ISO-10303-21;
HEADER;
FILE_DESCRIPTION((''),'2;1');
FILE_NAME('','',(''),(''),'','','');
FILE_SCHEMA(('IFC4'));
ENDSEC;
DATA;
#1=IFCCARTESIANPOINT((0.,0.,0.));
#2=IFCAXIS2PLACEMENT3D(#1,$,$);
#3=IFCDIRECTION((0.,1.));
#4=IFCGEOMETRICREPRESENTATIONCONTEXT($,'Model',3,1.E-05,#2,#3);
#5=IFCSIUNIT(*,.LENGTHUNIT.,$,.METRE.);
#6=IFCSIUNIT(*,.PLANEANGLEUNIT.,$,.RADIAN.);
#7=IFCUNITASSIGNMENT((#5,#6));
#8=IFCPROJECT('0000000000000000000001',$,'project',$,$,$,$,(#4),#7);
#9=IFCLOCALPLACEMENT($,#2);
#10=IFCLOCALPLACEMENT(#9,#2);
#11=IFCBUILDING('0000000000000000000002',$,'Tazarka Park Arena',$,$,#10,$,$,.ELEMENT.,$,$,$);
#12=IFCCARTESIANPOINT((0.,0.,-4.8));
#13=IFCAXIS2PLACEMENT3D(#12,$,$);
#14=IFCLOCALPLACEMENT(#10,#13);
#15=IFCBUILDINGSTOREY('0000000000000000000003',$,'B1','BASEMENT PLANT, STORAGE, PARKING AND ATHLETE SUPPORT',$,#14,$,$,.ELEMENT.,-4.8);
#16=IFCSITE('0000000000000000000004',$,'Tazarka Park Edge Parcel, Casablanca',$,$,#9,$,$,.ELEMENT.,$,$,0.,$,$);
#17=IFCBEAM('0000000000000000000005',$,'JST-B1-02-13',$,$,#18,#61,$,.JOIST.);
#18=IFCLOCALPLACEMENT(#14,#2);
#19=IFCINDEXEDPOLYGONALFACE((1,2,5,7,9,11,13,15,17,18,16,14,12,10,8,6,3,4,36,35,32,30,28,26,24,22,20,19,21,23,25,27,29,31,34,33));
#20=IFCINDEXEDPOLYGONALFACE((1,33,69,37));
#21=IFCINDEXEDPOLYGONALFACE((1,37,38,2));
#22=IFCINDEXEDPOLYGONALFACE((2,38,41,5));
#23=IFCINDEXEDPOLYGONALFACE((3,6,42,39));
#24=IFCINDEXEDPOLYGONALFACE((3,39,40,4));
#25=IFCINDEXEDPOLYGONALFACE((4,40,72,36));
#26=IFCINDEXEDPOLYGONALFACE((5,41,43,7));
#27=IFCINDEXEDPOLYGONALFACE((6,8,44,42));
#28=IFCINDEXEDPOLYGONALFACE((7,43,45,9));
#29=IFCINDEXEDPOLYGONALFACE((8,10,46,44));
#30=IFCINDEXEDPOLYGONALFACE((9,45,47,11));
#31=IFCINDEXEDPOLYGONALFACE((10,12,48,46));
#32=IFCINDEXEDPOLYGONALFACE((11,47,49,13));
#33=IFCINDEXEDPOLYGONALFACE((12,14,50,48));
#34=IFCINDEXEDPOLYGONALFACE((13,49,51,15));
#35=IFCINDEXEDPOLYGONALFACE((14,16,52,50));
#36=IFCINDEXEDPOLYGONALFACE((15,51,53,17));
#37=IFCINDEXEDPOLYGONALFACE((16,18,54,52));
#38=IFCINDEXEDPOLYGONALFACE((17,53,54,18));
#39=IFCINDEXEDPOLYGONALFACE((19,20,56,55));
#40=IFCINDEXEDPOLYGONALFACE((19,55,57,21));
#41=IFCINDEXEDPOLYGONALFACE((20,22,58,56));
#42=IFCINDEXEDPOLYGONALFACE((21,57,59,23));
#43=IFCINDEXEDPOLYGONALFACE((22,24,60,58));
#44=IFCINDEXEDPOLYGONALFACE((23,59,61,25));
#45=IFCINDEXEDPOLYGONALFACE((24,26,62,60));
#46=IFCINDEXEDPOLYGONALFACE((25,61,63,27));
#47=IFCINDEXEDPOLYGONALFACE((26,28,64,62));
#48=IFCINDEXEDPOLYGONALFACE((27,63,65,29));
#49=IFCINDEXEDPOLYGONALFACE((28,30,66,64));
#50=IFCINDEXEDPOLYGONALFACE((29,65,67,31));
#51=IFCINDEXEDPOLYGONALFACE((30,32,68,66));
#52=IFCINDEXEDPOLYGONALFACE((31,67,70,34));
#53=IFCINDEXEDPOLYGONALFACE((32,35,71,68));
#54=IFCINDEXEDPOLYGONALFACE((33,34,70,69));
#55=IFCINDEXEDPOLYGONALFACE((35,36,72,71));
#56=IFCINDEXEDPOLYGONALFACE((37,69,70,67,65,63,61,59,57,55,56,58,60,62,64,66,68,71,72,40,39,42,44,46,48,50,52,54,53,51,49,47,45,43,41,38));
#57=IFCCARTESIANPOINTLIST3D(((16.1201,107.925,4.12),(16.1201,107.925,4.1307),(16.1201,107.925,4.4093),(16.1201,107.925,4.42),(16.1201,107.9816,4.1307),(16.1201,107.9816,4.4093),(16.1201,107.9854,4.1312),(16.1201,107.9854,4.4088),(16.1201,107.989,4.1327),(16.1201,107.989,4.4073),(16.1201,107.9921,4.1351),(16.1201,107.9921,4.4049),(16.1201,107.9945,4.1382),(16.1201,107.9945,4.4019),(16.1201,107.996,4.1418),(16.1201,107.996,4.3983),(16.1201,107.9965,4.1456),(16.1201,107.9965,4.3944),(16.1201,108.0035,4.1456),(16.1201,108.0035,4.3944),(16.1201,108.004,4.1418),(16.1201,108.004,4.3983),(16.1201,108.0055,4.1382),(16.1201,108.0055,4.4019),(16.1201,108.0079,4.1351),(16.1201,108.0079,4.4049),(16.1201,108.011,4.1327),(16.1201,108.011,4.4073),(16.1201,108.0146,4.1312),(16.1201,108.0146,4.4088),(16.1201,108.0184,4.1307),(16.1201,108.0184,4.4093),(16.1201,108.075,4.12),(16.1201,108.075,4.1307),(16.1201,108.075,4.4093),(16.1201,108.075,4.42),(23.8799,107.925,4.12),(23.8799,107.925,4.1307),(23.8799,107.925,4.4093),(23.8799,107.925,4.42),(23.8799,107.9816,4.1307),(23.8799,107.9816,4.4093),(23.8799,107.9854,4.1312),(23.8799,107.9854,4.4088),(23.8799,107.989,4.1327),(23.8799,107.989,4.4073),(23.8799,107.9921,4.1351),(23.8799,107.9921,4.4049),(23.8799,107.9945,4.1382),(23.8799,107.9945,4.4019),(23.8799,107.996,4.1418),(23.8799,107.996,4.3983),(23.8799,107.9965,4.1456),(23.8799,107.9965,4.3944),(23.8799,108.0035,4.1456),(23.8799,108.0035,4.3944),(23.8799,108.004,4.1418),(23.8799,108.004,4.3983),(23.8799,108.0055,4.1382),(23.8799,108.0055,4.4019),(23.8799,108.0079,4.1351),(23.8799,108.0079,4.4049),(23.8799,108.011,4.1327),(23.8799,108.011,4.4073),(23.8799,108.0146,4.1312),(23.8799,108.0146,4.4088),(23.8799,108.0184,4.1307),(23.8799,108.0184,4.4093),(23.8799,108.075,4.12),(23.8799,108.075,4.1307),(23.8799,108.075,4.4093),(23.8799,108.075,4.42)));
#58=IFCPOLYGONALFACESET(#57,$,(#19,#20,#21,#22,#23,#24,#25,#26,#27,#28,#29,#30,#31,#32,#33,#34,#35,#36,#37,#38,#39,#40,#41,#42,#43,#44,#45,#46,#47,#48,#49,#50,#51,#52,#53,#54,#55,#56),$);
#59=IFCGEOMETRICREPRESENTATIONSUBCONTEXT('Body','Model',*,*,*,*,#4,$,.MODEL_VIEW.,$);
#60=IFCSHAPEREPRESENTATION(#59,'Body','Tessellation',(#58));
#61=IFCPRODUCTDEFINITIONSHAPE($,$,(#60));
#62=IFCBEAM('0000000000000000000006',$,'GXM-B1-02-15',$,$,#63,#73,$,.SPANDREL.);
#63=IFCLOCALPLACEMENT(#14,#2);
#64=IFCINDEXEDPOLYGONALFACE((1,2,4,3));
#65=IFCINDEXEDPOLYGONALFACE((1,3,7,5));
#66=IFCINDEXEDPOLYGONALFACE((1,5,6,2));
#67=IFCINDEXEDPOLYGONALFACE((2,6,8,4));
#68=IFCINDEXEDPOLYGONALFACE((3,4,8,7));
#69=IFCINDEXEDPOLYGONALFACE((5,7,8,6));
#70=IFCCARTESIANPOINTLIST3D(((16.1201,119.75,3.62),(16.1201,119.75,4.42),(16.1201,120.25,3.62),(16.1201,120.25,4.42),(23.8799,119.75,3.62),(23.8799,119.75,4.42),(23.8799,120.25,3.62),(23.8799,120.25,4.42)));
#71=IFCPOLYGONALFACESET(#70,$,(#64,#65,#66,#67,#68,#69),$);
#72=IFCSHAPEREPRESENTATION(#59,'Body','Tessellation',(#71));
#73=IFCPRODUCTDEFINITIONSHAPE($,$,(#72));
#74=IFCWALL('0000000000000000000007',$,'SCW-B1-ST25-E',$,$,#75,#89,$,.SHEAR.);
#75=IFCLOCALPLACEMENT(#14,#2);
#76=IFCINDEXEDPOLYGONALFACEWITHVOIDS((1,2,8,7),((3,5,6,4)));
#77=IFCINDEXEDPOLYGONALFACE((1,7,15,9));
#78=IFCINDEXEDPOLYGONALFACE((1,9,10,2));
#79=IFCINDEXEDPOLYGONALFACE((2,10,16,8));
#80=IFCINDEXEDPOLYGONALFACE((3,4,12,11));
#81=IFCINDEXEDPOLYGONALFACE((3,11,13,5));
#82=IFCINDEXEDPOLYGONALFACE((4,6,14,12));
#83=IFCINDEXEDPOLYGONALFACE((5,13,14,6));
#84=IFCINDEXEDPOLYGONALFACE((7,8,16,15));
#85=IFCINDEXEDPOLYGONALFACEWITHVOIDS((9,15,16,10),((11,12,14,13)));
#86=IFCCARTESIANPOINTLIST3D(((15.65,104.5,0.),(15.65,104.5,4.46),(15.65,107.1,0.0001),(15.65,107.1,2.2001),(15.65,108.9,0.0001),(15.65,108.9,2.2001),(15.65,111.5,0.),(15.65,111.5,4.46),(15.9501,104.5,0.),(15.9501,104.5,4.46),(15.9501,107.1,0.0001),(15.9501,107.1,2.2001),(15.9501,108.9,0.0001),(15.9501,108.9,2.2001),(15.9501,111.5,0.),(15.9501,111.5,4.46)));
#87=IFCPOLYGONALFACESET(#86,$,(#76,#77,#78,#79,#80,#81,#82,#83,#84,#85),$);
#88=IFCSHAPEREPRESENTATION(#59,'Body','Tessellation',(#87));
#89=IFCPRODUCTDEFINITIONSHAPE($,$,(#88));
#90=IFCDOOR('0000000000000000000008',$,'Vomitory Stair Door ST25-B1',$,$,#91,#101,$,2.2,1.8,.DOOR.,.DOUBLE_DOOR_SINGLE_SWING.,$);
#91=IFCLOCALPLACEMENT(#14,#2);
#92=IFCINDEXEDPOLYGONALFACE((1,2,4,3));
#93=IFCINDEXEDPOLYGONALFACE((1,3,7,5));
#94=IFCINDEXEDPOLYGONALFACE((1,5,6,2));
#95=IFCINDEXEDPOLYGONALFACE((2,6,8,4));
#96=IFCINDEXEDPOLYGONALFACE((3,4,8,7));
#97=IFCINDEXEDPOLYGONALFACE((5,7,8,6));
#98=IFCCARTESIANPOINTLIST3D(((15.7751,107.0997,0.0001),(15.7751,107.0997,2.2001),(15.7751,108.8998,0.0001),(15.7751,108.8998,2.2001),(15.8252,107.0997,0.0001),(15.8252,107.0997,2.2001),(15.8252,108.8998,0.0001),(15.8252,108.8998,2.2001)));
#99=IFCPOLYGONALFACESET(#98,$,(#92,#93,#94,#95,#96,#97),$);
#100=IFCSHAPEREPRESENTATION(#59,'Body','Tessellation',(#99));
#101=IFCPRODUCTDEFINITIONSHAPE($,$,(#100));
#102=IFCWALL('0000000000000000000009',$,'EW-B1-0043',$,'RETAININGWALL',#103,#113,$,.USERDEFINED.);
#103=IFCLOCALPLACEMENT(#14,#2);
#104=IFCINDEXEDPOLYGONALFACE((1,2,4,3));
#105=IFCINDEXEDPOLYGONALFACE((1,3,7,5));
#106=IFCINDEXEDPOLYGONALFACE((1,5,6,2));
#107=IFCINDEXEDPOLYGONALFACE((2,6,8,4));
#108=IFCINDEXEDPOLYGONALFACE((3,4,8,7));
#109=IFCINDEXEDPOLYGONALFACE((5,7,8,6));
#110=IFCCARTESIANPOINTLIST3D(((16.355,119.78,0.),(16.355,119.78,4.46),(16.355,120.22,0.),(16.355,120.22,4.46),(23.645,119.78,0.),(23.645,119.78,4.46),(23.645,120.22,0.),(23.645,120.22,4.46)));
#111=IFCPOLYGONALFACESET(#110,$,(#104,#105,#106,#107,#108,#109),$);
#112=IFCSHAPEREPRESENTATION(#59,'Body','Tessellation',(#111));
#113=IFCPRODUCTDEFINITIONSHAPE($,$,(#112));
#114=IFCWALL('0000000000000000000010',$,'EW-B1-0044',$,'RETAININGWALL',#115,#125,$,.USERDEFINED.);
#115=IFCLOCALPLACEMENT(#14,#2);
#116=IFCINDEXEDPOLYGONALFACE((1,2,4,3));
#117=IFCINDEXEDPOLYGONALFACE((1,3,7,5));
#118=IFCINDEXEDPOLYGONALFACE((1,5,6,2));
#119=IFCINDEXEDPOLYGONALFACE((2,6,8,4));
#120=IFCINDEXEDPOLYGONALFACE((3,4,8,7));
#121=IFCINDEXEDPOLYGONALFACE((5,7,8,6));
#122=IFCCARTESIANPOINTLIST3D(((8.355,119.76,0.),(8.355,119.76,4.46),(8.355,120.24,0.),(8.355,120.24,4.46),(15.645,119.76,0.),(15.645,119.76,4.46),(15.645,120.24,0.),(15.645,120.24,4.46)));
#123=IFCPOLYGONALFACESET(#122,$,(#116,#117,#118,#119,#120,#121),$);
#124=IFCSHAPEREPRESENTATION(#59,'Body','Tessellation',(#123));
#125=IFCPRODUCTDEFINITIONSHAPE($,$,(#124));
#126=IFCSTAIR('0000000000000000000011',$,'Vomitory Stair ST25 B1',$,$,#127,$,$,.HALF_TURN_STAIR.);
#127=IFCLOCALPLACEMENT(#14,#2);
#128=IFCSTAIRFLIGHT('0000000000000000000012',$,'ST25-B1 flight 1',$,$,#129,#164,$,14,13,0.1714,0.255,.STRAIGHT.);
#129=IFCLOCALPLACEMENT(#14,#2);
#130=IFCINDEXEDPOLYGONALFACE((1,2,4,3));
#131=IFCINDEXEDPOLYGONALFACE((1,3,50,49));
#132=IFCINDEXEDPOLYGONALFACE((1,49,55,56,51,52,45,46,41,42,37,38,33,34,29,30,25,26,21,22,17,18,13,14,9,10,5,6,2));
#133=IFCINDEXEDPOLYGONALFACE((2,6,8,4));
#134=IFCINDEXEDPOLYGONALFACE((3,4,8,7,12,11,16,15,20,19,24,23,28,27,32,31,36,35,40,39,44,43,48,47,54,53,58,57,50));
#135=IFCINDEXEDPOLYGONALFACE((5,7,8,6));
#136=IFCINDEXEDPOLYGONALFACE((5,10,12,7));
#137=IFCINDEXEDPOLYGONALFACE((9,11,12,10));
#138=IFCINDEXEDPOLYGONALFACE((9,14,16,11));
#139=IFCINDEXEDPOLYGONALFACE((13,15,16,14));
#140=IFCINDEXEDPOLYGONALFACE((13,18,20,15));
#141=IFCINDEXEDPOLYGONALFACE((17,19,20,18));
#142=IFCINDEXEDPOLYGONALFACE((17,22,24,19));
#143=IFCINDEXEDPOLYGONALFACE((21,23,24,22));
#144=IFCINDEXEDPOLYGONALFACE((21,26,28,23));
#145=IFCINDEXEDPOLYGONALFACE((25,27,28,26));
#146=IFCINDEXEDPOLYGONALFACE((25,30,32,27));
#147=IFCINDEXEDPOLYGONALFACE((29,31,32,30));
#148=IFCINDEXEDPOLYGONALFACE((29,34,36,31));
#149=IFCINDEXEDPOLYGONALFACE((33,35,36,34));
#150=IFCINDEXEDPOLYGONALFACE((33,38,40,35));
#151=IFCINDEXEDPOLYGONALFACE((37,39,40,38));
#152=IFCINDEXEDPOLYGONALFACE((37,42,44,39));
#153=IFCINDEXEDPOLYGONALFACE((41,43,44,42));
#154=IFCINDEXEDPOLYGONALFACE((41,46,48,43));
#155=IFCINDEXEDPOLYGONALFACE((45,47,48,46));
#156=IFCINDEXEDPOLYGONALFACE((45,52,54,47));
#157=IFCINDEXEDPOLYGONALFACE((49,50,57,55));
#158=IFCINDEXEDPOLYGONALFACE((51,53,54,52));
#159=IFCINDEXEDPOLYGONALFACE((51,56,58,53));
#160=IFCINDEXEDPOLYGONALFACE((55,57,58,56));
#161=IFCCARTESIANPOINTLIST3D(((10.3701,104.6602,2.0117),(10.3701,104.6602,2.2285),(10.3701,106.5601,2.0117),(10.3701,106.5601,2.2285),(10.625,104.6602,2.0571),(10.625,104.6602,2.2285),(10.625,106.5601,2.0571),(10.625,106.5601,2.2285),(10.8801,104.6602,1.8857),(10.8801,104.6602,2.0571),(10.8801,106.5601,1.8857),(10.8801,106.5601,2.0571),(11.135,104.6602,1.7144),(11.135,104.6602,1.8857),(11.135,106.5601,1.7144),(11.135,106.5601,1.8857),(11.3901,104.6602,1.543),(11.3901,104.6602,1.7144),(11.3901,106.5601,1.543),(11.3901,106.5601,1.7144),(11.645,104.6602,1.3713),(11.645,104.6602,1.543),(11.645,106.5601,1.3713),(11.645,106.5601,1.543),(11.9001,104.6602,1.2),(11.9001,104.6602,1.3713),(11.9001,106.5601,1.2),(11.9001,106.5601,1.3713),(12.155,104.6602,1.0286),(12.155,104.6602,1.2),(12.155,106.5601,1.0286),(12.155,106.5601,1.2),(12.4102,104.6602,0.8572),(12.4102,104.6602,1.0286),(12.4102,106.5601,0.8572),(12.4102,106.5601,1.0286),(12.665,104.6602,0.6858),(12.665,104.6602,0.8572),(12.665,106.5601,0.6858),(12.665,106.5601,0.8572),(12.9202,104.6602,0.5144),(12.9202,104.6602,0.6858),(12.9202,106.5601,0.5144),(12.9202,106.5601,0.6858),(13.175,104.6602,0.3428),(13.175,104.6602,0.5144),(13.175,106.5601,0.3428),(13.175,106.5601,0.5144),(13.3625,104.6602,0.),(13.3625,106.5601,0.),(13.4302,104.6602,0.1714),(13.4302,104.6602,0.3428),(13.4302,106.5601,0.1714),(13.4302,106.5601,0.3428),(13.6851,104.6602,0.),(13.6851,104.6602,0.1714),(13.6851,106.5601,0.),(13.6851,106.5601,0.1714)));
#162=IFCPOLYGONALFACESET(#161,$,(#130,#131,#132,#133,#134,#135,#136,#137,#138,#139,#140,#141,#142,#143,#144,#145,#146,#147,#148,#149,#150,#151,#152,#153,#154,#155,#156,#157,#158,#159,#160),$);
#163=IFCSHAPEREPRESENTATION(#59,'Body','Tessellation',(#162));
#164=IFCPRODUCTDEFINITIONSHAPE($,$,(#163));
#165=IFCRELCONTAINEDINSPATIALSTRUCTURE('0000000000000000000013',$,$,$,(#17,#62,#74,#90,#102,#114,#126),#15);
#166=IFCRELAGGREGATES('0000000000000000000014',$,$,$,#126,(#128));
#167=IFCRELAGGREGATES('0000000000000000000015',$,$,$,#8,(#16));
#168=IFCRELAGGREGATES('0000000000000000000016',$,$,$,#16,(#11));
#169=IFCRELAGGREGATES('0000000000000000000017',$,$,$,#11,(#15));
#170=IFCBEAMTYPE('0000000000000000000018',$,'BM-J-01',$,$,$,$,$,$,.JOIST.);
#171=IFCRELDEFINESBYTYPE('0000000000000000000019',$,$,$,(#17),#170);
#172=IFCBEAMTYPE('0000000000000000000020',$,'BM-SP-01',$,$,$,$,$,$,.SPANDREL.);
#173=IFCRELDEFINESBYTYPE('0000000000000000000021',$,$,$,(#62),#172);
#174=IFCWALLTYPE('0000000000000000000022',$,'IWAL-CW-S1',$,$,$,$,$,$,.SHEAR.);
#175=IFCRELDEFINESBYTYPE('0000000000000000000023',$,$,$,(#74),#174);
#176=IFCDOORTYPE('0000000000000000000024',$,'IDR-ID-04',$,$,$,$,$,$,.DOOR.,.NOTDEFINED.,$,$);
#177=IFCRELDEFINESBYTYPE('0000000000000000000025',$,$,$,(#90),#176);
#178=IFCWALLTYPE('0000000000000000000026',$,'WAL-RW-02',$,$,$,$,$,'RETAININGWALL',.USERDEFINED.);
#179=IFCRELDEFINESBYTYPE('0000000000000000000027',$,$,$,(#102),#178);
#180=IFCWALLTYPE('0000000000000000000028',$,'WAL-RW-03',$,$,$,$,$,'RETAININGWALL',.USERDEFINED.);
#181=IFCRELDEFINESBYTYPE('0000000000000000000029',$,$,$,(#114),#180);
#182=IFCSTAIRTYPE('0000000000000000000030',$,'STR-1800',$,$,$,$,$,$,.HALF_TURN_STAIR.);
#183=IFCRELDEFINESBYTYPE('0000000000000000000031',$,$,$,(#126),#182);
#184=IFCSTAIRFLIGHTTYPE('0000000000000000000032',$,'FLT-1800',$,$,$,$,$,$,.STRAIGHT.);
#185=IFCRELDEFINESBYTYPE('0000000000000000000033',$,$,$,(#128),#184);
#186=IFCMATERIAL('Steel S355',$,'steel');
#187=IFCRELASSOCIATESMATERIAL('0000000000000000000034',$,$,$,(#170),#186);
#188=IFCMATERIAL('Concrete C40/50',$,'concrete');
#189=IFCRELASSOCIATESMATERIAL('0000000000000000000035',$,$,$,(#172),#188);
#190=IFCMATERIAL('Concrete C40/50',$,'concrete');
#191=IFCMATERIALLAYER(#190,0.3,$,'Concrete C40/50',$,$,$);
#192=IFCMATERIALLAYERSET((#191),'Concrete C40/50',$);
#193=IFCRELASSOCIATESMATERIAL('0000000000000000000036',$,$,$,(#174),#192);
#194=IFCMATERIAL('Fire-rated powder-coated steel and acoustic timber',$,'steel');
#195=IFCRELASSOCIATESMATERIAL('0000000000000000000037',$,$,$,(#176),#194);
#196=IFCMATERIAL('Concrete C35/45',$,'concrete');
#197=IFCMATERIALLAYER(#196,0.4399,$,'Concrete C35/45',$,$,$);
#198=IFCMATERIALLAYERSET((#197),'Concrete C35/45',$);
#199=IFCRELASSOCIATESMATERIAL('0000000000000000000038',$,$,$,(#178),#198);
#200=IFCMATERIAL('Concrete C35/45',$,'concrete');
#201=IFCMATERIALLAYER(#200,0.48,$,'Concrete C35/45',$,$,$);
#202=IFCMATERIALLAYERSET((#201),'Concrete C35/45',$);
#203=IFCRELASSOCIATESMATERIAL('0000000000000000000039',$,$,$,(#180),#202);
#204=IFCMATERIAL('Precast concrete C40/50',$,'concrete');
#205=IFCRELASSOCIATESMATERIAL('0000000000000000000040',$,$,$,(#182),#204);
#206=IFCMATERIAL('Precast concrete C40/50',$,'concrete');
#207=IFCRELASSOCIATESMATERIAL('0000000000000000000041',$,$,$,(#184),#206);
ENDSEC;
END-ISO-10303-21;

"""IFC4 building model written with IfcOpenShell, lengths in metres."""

from ifc_helpers import new_model, si_unit, direction, frame, frame_2d, origin, origin_2d, place, context, subcontext, project, spatial, polyline, rectangle, i_section, outline, extrude, material, layer, layer_set, material_profile, profile_set, type_object, element, fill, aggregate, save


model = new_model("IFC4")

# Units and contexts
model_context = context("Model", 3, precision=1e-05, world=origin(), true_north=direction((0.0, 1.0)))
body_context = subcontext(model_context, "Body", "Model", "MODEL_VIEW")
ifc_project = project(units=[si_unit("LENGTHUNIT", "METRE"), si_unit("PLANEANGLEUNIT", "RADIAN")], contexts=[model_context])

# Site, building, storey
site_placement = place(None, origin())
site = spatial("IfcSite", under=ifc_project, at=site_placement, Name="Tazarka Park Edge Parcel, Casablanca", CompositionType="ELEMENT", RefElevation=0.0)
building_placement = place(site_placement, origin())
building = spatial("IfcBuilding", under=site, at=building_placement, Name="Tazarka Park Arena", CompositionType="ELEMENT")
storey_placement = place(building_placement, frame((0.0, 0.0, -4.8)))
storey = spatial("IfcBuildingStorey", under=building, at=storey_placement, Name="B1", Description="BASEMENT PLANT, STORAGE, PARKING AND ATHLETE SUPPORT", CompositionType="ELEMENT", Elevation=-4.8)

# Beams
ifc_material_1 = material(Name="Steel S355", Category="steel")
ifc_material_profile_1 = material_profile(ifc_material_1, i_section(OverallWidth=0.1499, OverallDepth=0.3, WebThickness=0.0071, FlangeThickness=0.0107, FilletRadius=0.0149, at=origin_2d()), Name="Steel S355")
ifc_profile_set_1 = profile_set([ifc_material_profile_1], Name="Steel S355")
beam_type_1 = type_object("IfcBeamType", Name="BM-J-01", PredefinedType="JOIST", material=ifc_profile_set_1)
beam_1_placement = place(storey_placement, frame((16.1201, 108.0, 4.27), z_axis=(1.0, 0.0, 0.0), x_axis=(0.0, 1.0, 0.0)))
element("IfcBeam", 1, at=beam_1_placement, inside=storey, type_object=beam_type_1, Name="JST-B1-02-13", PredefinedType="JOIST", context=body_context, shape_type="SweptSolid", body=[
    extrude(i_section(OverallWidth=0.1499, OverallDepth=0.3, WebThickness=0.0071, FlangeThickness=0.0107, FilletRadius=0.0149, at=origin_2d()), origin(), (0.0, 0.0, 1.0), 7.7598),
])
ifc_material_2 = material(Name="Concrete C40/50", Category="concrete")
ifc_material_profile_2 = material_profile(ifc_material_2, rectangle(XDim=0.5, YDim=0.8, at=origin_2d()), Name="Concrete C40/50")
ifc_profile_set_2 = profile_set([ifc_material_profile_2], Name="Concrete C40/50")
beam_type_2 = type_object("IfcBeamType", Name="BM-SP-01", PredefinedType="SPANDREL", material=ifc_profile_set_2)
beam_2_placement = place(storey_placement, frame((16.1201, 120.0, 4.02), z_axis=(1.0, 0.0, 0.0), x_axis=(0.0, 1.0, 0.0)))
element("IfcBeam", 2, at=beam_2_placement, inside=storey, type_object=beam_type_2, Name="GXM-B1-02-15", PredefinedType="SPANDREL", context=body_context, shape_type="SweptSolid", body=[
    extrude(rectangle(XDim=0.5, YDim=0.8, at=origin_2d()), origin(), (0.0, 0.0, 1.0), 7.7598),
])

# Wall, opening, door
ifc_material_3 = material(Name="Concrete C40/50", Category="concrete")
ifc_layer_1 = layer(ifc_material_3, 0.3, Name="Concrete C40/50")
ifc_layer_set_1 = layer_set([ifc_layer_1], Name="Concrete C40/50")
wall_type_1 = type_object("IfcWallType", Name="IWAL-CW-S1", PredefinedType="SHEAR", material=ifc_layer_set_1)
wall_1_placement = place(storey_placement, frame((15.8, 111.5, 0.0), z_axis=(0.0, 0.0, 1.0), x_axis=(0.0, -1.0, 0.0)))
wall_1 = element("IfcWall", 3, at=wall_1_placement, inside=storey, type_object=wall_type_1, Name="SCW-B1-ST25-E", PredefinedType="SHEAR", context=body_context, shape_type="SweptSolid", body=[
    extrude(rectangle(XDim=7.0, YDim=0.3, at=frame_2d((3.5, 0.0))), origin(), (0.0, 0.0, 1.0), 4.46),
])
opening_placement = place(wall_1_placement, frame((2.6001, 0.0, 0.0)))
opening = element("IfcOpeningElement", 4, at=opening_placement, cuts=wall_1, PredefinedType="OPENING", context=body_context, shape_type="SweptSolid", body=[
    extrude(rectangle(XDim=1.8, YDim=2.2, at=frame_2d((0.8999, 1.1001))), frame((0.0, 0.1602, 0.0), z_axis=(0.0, -1.0, 0.0), x_axis=(1.0, 0.0, 0.0)), (0.0, 0.0, 1.0), 0.3201),
])
ifc_material_4 = material(Name="Fire-rated powder-coated steel and acoustic timber", Category="steel")
door_type = type_object("IfcDoorType", Name="IDR-ID-04", OperationType="NOTDEFINED", PredefinedType="DOOR", material=ifc_material_4)
door_placement = place(opening_placement, frame((1.8, 0.0, 0.0), z_axis=(0.0, 0.0, 1.0), x_axis=(-1.0, 0.0, 0.0)))
door = element("IfcDoor", 5, at=door_placement, inside=storey, type_object=door_type, Name="Vomitory Stair Door ST25-B1", OperationType="DOUBLE_DOOR_SINGLE_SWING", OverallHeight=2.2, OverallWidth=1.8, PredefinedType="DOOR", context=body_context, shape_type="SweptSolid", body=[
    extrude(rectangle(XDim=1.8, YDim=2.2, at=frame_2d((0.8999, 1.1001))), frame((0.0, 0.0249, 0.0), z_axis=(0.0, -1.0, 0.0), x_axis=(1.0, 0.0, 0.0)), (0.0, 0.0, 1.0), 0.05),
])
fill(opening, door)

# Walls
ifc_material_5 = material(Name="Concrete C35/45", Category="concrete")
ifc_layer_2 = layer(ifc_material_5, 0.4399, Name="Concrete C35/45")
ifc_layer_set_2 = layer_set([ifc_layer_2], Name="Concrete C35/45")
wall_type_2 = type_object("IfcWallType", Name="WAL-RW-02", ElementType="RETAININGWALL", PredefinedType="USERDEFINED", material=ifc_layer_set_2)
wall_2_placement = place(storey_placement, frame((16.355, 120.0, 0.0), z_axis=(0.0, 0.0, 1.0), x_axis=(1.0, 0.0, 0.0)))
element("IfcWall", 6, at=wall_2_placement, inside=storey, type_object=wall_type_2, Name="EW-B1-0043", ObjectType="RETAININGWALL", PredefinedType="USERDEFINED", context=body_context, shape_type="SweptSolid", body=[
    extrude(rectangle(XDim=7.29, YDim=0.4399, at=frame_2d((3.645, 0.0))), origin(), (0.0, 0.0, 1.0), 4.46),
])
ifc_material_6 = material(Name="Concrete C35/45", Category="concrete")
ifc_layer_3 = layer(ifc_material_6, 0.48, Name="Concrete C35/45")
ifc_layer_set_3 = layer_set([ifc_layer_3], Name="Concrete C35/45")
wall_type_3 = type_object("IfcWallType", Name="WAL-RW-03", ElementType="RETAININGWALL", PredefinedType="USERDEFINED", material=ifc_layer_set_3)
wall_3_placement = place(storey_placement, frame((8.355, 120.0, 0.0), z_axis=(0.0, 0.0, 1.0), x_axis=(1.0, 0.0, 0.0)))
element("IfcWall", 7, at=wall_3_placement, inside=storey, type_object=wall_type_3, Name="EW-B1-0044", ObjectType="RETAININGWALL", PredefinedType="USERDEFINED", context=body_context, shape_type="SweptSolid", body=[
    extrude(rectangle(XDim=7.29, YDim=0.48, at=frame_2d((3.645, 0.0))), origin(), (0.0, 0.0, 1.0), 4.46),
])

# Stair, stair flight
ifc_material_7 = material(Name="Precast concrete C40/50", Category="concrete")
stair_type = type_object("IfcStairType", Name="STR-1800", PredefinedType="HALF_TURN_STAIR", material=ifc_material_7)
stair_placement = place(storey_placement, origin())
stair = element("IfcStair", 8, at=stair_placement, inside=storey, type_object=stair_type, Name="Vomitory Stair ST25 B1", PredefinedType="HALF_TURN_STAIR")
ifc_material_8 = material(Name="Precast concrete C40/50", Category="concrete")
stair_flight_type = type_object("IfcStairFlightType", Name="FLT-1800", PredefinedType="STRAIGHT", material=ifc_material_8)
stair_flight_1_placement = place(storey_placement, frame((13.6851, 105.6101, 0.0), z_axis=(0.0, 0.0, 1.0), x_axis=(-1.0, 0.0, 0.0)))
stair_flight_1 = element("IfcStairFlight", 9, at=stair_flight_1_placement, type_object=stair_flight_type, Name="ST25-B1 flight 1", NumberOfRisers=14, NumberOfTreads=13, PredefinedType="STRAIGHT", RiserHeight=0.1714, TreadLength=0.255, context=body_context, shape_type="SweptSolid", body=[
    extrude(outline(polyline([(0.0, 0.0), (0.0, 0.1714), (0.2549, 0.1714), (0.2549, 0.3428), (0.51, 0.3428), (0.51, 0.5144), (0.7649, 0.5144), (0.7649, 0.6858), (1.02, 0.6858), (1.02, 0.8572), (1.2749, 0.8572), (1.2749, 1.0286), (1.53, 1.0286), (1.53, 1.2), (1.7849, 1.2), (1.7849, 1.3713), (2.04, 1.3713), (2.04, 1.543), (2.2949, 1.543), (2.2949, 1.7144), (2.55, 1.7144), (2.55, 1.8857), (2.8049, 1.8857), (2.8049, 2.0571), (3.0601, 2.0571), (3.0601, 2.2285), (3.3149, 2.2285), (3.3149, 2.3999), (3.3149, 2.0117), (0.3225, 0.0), (0.0, 0.0)])), frame((0.0, 0.95, 0.0), z_axis=(0.0, -1.0, 0.0), x_axis=(1.0, 0.0, 0.0)), (0.0, 0.0, 1.0), 1.8999),
])
aggregate(stair, [stair_flight_1])

save(model, "model.ifc")
